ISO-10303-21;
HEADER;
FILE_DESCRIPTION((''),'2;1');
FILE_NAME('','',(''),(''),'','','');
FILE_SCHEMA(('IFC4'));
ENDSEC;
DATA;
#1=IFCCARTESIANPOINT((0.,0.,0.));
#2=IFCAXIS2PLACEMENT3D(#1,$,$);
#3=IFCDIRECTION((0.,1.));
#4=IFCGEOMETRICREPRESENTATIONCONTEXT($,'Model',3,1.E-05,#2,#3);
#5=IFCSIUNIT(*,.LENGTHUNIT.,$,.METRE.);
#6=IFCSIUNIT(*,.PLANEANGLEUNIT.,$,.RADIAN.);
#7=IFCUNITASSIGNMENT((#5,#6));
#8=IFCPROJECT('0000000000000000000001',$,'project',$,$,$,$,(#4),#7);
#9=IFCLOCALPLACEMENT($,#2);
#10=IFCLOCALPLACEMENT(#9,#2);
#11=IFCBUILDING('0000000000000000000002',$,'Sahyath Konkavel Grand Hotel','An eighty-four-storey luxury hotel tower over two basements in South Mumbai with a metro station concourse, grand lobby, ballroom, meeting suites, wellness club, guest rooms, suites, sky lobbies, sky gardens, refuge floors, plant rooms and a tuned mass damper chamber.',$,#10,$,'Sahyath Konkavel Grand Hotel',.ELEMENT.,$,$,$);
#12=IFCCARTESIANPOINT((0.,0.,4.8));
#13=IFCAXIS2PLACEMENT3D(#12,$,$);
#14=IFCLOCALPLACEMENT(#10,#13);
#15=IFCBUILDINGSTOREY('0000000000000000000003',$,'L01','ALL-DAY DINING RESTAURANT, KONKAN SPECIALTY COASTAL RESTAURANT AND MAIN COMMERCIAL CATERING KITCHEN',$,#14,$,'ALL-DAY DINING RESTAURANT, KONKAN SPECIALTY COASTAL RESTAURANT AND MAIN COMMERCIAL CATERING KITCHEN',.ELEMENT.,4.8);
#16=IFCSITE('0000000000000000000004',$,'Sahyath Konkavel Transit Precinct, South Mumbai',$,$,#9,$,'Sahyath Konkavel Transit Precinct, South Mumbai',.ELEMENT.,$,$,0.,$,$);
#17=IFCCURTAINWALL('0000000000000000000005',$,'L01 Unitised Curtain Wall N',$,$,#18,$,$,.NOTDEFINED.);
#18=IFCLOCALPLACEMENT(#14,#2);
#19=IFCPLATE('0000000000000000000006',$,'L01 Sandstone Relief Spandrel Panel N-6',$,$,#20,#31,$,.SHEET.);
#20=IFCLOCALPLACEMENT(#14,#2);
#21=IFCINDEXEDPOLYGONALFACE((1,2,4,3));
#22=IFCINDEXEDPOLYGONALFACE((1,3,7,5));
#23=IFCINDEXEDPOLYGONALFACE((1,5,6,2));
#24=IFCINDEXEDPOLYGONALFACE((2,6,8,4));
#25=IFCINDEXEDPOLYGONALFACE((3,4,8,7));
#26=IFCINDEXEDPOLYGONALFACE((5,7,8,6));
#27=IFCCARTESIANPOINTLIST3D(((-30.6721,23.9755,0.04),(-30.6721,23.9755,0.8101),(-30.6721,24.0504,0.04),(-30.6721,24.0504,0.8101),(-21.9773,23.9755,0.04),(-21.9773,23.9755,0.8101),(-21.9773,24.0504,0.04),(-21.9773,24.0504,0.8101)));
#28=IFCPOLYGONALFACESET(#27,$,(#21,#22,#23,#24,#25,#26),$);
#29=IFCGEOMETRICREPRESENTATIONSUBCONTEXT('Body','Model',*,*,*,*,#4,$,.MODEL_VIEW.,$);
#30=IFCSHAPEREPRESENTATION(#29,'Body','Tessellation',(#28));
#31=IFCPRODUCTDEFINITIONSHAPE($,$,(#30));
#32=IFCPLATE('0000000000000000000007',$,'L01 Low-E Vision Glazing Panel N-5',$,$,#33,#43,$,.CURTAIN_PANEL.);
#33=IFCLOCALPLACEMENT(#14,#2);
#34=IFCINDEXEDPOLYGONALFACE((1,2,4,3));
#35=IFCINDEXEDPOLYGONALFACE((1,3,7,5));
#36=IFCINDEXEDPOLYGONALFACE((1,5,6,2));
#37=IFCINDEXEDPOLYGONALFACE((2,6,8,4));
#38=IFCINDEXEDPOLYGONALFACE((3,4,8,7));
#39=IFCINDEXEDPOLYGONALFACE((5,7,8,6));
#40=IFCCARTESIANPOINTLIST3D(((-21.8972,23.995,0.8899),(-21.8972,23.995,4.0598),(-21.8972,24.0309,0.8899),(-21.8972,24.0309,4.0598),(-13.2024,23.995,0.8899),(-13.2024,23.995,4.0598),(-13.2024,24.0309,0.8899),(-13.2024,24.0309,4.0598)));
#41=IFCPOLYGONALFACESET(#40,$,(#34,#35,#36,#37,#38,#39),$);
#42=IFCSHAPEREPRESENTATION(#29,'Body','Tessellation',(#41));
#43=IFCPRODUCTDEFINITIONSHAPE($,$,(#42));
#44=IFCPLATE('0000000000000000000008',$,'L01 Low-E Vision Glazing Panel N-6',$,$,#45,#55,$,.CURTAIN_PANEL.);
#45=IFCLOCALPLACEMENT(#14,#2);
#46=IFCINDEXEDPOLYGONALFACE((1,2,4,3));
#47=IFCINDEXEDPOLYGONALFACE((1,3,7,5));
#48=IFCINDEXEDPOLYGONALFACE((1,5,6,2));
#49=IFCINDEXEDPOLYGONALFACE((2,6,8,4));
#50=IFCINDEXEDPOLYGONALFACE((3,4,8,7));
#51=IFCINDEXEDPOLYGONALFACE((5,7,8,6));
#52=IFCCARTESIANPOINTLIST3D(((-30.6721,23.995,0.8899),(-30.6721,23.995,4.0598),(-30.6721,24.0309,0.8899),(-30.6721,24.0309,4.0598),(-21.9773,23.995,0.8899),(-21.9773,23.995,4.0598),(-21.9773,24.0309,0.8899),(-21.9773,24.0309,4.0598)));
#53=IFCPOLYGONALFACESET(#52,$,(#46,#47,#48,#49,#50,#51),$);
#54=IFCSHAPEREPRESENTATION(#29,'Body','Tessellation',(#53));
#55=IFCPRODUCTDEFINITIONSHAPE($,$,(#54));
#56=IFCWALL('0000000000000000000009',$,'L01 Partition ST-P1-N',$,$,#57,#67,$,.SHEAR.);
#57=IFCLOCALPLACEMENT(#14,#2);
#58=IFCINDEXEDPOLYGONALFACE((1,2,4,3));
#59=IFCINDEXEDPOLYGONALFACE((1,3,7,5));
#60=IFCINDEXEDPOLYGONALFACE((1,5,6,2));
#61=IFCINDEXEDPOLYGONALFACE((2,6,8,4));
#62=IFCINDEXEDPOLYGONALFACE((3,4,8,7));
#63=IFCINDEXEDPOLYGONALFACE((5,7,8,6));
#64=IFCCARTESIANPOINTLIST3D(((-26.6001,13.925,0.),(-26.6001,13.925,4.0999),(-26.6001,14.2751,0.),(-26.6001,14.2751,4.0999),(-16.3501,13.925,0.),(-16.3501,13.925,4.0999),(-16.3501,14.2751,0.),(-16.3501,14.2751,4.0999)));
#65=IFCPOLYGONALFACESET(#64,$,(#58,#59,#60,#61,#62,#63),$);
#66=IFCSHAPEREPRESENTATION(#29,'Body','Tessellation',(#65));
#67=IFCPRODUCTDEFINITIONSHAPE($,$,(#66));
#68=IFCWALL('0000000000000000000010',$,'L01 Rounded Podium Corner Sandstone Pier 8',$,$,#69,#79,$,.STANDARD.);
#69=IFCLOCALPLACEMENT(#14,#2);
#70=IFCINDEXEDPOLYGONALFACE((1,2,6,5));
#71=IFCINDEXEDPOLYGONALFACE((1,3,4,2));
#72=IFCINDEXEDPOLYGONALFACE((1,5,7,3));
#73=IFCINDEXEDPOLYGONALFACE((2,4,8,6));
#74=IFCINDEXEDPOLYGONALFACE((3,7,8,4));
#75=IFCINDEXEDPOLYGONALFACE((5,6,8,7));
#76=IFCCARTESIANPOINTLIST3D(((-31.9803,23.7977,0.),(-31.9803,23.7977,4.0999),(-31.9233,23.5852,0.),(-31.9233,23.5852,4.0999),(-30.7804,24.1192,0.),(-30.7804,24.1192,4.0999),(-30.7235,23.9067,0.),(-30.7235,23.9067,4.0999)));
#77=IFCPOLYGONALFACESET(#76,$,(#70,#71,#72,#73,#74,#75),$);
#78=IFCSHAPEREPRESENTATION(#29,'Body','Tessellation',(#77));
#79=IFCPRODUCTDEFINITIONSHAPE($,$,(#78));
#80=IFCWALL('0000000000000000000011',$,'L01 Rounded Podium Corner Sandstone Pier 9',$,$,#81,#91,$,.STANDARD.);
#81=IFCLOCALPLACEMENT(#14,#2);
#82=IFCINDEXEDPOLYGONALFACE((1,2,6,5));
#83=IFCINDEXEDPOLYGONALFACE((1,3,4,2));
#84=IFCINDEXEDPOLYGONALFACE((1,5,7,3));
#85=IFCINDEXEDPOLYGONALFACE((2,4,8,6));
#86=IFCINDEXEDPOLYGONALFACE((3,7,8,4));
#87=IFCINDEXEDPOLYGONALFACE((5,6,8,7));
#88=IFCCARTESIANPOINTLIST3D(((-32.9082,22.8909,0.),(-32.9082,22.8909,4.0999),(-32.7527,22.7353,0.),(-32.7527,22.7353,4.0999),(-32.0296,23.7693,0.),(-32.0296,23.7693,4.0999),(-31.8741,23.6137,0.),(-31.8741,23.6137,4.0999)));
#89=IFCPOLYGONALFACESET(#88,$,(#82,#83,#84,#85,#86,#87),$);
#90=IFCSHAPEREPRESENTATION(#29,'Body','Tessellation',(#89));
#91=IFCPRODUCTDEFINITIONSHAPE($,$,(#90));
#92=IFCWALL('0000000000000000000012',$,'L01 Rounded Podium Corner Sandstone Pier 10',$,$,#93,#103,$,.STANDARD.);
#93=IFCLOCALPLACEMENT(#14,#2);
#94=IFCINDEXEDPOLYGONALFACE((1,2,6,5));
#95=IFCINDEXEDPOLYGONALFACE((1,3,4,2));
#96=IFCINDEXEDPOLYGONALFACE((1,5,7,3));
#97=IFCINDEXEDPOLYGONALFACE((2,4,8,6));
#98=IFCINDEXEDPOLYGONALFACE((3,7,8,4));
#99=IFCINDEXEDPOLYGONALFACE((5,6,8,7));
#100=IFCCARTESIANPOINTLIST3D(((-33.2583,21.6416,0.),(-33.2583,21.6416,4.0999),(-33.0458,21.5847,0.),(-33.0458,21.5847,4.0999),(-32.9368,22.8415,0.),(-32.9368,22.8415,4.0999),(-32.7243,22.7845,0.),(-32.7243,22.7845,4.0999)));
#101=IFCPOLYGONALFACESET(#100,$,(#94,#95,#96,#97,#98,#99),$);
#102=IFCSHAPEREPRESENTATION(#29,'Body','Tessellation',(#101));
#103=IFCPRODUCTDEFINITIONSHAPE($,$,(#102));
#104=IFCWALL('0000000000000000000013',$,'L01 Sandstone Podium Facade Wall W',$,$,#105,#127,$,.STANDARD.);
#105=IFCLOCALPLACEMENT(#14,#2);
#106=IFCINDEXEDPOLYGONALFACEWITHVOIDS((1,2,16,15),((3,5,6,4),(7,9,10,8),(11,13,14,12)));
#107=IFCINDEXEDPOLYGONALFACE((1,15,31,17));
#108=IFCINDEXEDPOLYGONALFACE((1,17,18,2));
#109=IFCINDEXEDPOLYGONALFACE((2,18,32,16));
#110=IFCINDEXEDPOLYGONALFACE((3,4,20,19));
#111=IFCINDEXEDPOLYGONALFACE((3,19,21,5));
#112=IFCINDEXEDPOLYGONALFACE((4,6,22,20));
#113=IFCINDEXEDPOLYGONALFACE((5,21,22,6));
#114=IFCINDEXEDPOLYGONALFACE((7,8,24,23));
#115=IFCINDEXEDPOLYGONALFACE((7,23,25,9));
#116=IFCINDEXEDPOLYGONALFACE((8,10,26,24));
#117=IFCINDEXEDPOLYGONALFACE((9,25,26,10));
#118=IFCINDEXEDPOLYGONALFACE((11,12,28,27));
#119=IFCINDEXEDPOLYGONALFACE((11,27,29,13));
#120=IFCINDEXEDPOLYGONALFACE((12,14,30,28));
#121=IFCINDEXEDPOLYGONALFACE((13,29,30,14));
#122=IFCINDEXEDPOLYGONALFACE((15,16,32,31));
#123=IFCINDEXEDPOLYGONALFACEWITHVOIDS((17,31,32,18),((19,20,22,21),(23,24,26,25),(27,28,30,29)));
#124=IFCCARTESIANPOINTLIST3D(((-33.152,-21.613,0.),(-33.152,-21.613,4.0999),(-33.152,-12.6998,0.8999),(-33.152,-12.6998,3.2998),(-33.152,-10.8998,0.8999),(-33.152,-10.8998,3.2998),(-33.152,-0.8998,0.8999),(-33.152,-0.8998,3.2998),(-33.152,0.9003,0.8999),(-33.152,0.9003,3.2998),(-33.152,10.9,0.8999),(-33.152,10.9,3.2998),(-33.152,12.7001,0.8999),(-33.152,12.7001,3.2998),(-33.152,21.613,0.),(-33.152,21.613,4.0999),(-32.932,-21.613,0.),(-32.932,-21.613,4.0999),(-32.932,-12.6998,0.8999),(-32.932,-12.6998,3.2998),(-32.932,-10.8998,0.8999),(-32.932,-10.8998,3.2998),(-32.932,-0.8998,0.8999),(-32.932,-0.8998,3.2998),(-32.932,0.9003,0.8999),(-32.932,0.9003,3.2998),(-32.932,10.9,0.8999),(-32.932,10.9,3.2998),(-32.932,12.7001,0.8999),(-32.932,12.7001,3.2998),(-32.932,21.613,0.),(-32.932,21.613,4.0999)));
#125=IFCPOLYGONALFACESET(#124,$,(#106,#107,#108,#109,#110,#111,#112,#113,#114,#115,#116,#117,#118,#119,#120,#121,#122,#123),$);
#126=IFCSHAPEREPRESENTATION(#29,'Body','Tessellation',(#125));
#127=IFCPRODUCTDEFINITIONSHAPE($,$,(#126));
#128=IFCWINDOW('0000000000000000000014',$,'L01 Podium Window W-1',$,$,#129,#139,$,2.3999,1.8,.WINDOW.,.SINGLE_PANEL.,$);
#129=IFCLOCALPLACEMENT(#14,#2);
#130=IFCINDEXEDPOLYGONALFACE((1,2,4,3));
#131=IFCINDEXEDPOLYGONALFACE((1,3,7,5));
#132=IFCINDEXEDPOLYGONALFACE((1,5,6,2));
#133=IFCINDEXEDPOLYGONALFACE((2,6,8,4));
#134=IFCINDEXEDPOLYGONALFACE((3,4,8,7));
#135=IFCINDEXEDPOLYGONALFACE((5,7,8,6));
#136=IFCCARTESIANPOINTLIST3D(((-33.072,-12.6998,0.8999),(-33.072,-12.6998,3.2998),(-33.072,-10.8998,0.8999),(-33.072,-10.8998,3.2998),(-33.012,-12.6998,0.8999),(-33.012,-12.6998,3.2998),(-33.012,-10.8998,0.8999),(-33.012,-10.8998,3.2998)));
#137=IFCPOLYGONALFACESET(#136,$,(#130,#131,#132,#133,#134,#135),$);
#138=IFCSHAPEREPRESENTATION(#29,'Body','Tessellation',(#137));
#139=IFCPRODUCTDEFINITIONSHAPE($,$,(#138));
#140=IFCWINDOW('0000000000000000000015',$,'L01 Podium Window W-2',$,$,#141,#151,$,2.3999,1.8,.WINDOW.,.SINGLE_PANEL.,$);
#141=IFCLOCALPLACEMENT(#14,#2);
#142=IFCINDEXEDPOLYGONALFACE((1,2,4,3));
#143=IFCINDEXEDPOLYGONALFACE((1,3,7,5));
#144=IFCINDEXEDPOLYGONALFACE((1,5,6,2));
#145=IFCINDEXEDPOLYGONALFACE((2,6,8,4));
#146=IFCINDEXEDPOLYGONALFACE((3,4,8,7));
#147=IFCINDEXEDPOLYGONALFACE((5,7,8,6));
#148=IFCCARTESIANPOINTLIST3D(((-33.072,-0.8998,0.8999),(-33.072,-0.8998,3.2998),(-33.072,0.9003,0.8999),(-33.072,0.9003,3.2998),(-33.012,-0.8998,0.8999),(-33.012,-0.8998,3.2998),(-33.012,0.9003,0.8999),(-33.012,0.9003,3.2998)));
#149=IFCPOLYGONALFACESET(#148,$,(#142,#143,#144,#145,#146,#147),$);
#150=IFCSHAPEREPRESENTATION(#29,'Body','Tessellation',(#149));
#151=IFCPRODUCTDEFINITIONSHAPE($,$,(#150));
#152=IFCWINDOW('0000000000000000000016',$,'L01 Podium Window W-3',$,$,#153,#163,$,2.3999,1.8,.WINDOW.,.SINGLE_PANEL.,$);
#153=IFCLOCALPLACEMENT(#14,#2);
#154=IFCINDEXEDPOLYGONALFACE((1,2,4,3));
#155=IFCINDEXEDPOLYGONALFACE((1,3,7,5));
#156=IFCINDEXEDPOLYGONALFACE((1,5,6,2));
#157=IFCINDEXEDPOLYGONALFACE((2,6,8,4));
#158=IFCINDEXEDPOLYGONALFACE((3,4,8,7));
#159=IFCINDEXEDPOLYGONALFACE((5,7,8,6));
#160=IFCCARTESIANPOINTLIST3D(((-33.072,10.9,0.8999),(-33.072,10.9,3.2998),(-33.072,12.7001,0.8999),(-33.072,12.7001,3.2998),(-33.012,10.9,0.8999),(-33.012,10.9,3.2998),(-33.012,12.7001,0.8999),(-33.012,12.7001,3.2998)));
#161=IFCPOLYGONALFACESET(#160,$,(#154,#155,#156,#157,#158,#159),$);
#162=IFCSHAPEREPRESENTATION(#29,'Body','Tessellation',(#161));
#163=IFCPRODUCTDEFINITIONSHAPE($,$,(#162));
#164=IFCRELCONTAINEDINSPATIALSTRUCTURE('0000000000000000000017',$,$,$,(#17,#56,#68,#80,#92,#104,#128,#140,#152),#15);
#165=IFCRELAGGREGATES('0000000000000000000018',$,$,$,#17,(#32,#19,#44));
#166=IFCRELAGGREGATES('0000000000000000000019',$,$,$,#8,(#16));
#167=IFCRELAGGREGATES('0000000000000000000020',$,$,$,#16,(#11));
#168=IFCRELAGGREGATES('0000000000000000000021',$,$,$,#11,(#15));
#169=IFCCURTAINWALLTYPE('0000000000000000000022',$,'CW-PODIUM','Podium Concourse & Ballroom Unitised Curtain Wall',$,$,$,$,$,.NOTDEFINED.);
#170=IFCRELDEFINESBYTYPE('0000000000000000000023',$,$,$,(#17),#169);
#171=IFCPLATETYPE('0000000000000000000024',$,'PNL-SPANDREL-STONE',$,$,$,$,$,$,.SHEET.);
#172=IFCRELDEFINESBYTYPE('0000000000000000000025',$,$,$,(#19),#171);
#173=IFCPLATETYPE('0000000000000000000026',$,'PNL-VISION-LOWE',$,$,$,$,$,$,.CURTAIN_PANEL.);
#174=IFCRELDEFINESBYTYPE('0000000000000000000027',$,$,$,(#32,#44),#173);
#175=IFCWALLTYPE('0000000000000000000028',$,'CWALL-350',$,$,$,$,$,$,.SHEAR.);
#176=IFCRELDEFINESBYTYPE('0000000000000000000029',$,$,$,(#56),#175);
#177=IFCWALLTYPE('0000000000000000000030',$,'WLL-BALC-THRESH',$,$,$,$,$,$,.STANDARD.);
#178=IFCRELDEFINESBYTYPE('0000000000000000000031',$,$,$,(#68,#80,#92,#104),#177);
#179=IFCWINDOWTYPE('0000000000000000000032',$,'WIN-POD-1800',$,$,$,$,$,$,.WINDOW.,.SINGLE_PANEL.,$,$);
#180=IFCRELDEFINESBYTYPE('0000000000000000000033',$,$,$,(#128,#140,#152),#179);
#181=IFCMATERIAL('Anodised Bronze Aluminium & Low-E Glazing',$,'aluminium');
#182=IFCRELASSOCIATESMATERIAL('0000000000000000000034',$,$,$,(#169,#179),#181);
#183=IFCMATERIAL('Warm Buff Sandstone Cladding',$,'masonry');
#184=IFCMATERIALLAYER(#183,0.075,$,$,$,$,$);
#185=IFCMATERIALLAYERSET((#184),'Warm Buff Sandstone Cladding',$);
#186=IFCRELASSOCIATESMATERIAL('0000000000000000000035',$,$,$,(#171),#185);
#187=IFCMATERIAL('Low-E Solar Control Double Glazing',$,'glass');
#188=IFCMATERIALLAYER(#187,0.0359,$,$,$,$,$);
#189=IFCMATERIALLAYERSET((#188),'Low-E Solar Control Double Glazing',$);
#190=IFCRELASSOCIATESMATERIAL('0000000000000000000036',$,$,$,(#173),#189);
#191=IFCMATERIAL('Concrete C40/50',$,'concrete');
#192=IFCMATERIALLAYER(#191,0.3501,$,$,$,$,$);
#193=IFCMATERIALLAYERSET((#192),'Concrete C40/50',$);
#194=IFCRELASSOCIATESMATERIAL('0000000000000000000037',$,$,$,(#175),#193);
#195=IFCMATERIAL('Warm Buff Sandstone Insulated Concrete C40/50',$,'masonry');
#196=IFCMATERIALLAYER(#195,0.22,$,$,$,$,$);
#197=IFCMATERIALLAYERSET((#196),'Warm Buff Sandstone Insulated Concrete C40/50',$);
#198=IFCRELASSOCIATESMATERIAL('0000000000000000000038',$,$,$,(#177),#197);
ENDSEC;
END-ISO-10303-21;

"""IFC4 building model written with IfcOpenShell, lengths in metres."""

from ifc_helpers import new_model, si_unit, direction, frame, frame_2d, origin, origin_2d, place, context, subcontext, project, spatial, rectangle, extrude, source, transform, mapped, material, layer, layer_set, type_object, element, fill, aggregate, save


model = new_model("IFC4")

# Units and contexts
model_context = context("Model", 3, precision=1e-05, world=origin(), true_north=direction((0.0, 1.0)))
body_context = subcontext(model_context, "Body", "Model", "MODEL_VIEW")
ifc_project = project(units=[si_unit("LENGTHUNIT", "METRE"), si_unit("PLANEANGLEUNIT", "RADIAN")], contexts=[model_context])

# Site, building, storey
site_placement = place(None, origin())
site = spatial("IfcSite", under=ifc_project, at=site_placement, Name="Sahyath Konkavel Transit Precinct, South Mumbai", LongName="Sahyath Konkavel Transit Precinct, South Mumbai", CompositionType="ELEMENT", RefElevation=0.0)
building_placement = place(site_placement, origin())
building = spatial("IfcBuilding", under=site, at=building_placement, Name="Sahyath Konkavel Grand Hotel", Description="An eighty-four-storey luxury hotel tower over two basements in South Mumbai with a metro station concourse, grand lobby, ballroom, meeting suites, wellness club, guest rooms, suites, sky lobbies, sky gardens, refuge floors, plant rooms and a tuned mass damper chamber.", LongName="Sahyath Konkavel Grand Hotel", CompositionType="ELEMENT")
storey_placement = place(building_placement, frame((0.0, 0.0, 4.8)))
storey = spatial("IfcBuildingStorey", under=building, at=storey_placement, Name="L01", Description="ALL-DAY DINING RESTAURANT, KONKAN SPECIALTY COASTAL RESTAURANT AND MAIN COMMERCIAL CATERING KITCHEN", LongName="ALL-DAY DINING RESTAURANT, KONKAN SPECIALTY COASTAL RESTAURANT AND MAIN COMMERCIAL CATERING KITCHEN", CompositionType="ELEMENT", Elevation=4.8)

# Curtain wall, plates
ifc_material_1 = material(Name="Anodised Bronze Aluminium & Low-E Glazing", Category="aluminium")
curtain_wall_type = type_object("IfcCurtainWallType", Name="CW-PODIUM", Description="Podium Concourse & Ballroom Unitised Curtain Wall", PredefinedType="NOTDEFINED", material=ifc_material_1)
curtain_wall_placement = place(storey_placement, origin())
curtain_wall = element("IfcCurtainWall", 1, at=curtain_wall_placement, inside=storey, type_object=curtain_wall_type, Name="L01 Unitised Curtain Wall N", PredefinedType="NOTDEFINED")
ifc_material_2 = material(Name="Warm Buff Sandstone Cladding", Category="masonry")
ifc_layer_1 = layer(ifc_material_2, 0.075)
ifc_layer_set_1 = layer_set([ifc_layer_1], Name="Warm Buff Sandstone Cladding")
plate_type_1 = type_object("IfcPlateType", Name="PNL-SPANDREL-STONE", PredefinedType="SHEET", material=ifc_layer_set_1)
shared_shape_1 = source(origin(), body_context, "Body", "SweptSolid", [
    extrude(rectangle(XDim=8.6948, YDim=0.075, at=origin_2d()), origin(), (0.0, 0.0, 1.0), 0.77),
])
plate_1_placement = place(storey_placement, frame((-26.3247, 24.0129, 0.04), z_axis=(0.0, 0.0, 1.0), x_axis=(-1.0, 0.0, 0.0)))
plate_1 = element("IfcPlate", 2, at=plate_1_placement, type_object=plate_type_1, Name="L01 Sandstone Relief Spandrel Panel N-6", PredefinedType="SHEET", context=body_context, shape_type="MappedRepresentation", body=[
    mapped(shared_shape_1, transform((0.0, 0.0, 0.0), scale=1.0)),
])
ifc_material_3 = material(Name="Low-E Solar Control Double Glazing", Category="glass")
ifc_layer_2 = layer(ifc_material_3, 0.0359)
ifc_layer_set_2 = layer_set([ifc_layer_2], Name="Low-E Solar Control Double Glazing")
plate_type_2 = type_object("IfcPlateType", Name="PNL-VISION-LOWE", PredefinedType="CURTAIN_PANEL", material=ifc_layer_set_2)
shared_shape_2 = source(origin(), body_context, "Body", "SweptSolid", [
    extrude(rectangle(XDim=8.6948, YDim=0.0359, at=origin_2d()), origin(), (0.0, 0.0, 1.0), 3.1699),
])
plate_2_placement = place(storey_placement, frame((-17.5498, 24.0129, 0.8899), z_axis=(0.0, 0.0, 1.0), x_axis=(-1.0, 0.0, 0.0)))
plate_2 = element("IfcPlate", 3, at=plate_2_placement, type_object=plate_type_2, Name="L01 Low-E Vision Glazing Panel N-5", PredefinedType="CURTAIN_PANEL", context=body_context, shape_type="MappedRepresentation", body=[
    mapped(shared_shape_2, transform((0.0, 0.0, 0.0), scale=1.0)),
])
plate_3_placement = place(storey_placement, frame((-26.3247, 24.0129, 0.8899), z_axis=(0.0, 0.0, 1.0), x_axis=(-1.0, 0.0, 0.0)))
plate_3 = element("IfcPlate", 4, at=plate_3_placement, type_object=plate_type_2, Name="L01 Low-E Vision Glazing Panel N-6", PredefinedType="CURTAIN_PANEL", context=body_context, shape_type="MappedRepresentation", body=[
    mapped(shared_shape_2, transform((0.0, 0.0, 0.0), scale=1.0)),
])
aggregate(curtain_wall, [plate_2, plate_1, plate_3])

# Walls
ifc_material_4 = material(Name="Concrete C40/50", Category="concrete")
ifc_layer_3 = layer(ifc_material_4, 0.3501)
ifc_layer_set_3 = layer_set([ifc_layer_3], Name="Concrete C40/50")
wall_type_1 = type_object("IfcWallType", Name="CWALL-350", PredefinedType="SHEAR", material=ifc_layer_set_3)
wall_1_placement = place(storey_placement, frame((-26.6001, 14.1001, 0.0), z_axis=(0.0, 0.0, 1.0), x_axis=(1.0, 0.0, 0.0)))
element("IfcWall", 5, at=wall_1_placement, inside=storey, type_object=wall_type_1, Name="L01 Partition ST-P1-N", PredefinedType="SHEAR", context=body_context, shape_type="SweptSolid", body=[
    extrude(rectangle(XDim=10.25, YDim=0.3501, at=frame_2d((5.125, 0.0))), origin(), (0.0, 0.0, 1.0), 4.0999),
])
ifc_material_5 = material(Name="Warm Buff Sandstone Insulated Concrete C40/50", Category="masonry")
ifc_layer_4 = layer(ifc_material_5, 0.22)
ifc_layer_set_4 = layer_set([ifc_layer_4], Name="Warm Buff Sandstone Insulated Concrete C40/50")
wall_type_2 = type_object("IfcWallType", Name="WLL-BALC-THRESH", PredefinedType="STANDARD", material=ifc_layer_set_4)
wall_2_placement = place(storey_placement, frame((-30.752, 24.0129, 0.0), z_axis=(0.0, 0.0, 1.0), x_axis=(-0.965924, -0.258824, 0.0)))
element("IfcWall", 6, at=wall_2_placement, inside=storey, type_object=wall_type_2, Name="L01 Rounded Podium Corner Sandstone Pier 8", PredefinedType="STANDARD", context=body_context, shape_type="SweptSolid", body=[
    extrude(rectangle(XDim=1.2422, YDim=0.22, at=frame_2d((0.6211, 0.0))), origin(), (0.0, 0.0, 1.0), 4.0999),
])
wall_3_placement = place(storey_placement, frame((-31.9519, 23.6914, 0.0), z_axis=(0.0, 0.0, 1.0), x_axis=(-0.707205, -0.707009, 0.0)))
element("IfcWall", 7, at=wall_3_placement, inside=storey, type_object=wall_type_2, Name="L01 Rounded Podium Corner Sandstone Pier 9", PredefinedType="STANDARD", context=body_context, shape_type="SweptSolid", body=[
    extrude(rectangle(XDim=1.2424, YDim=0.22, at=frame_2d((0.6211, 0.0))), origin(), (0.0, 0.0, 1.0), 4.0999),
])
wall_4_placement = place(storey_placement, frame((-32.8306, 22.813, 0.0), z_axis=(0.0, 0.0, 1.0), x_axis=(-0.258824, -0.965924, 0.0)))
element("IfcWall", 8, at=wall_4_placement, inside=storey, type_object=wall_type_2, Name="L01 Rounded Podium Corner Sandstone Pier 10", PredefinedType="STANDARD", context=body_context, shape_type="SweptSolid", body=[
    extrude(rectangle(XDim=1.2422, YDim=0.22, at=frame_2d((0.6211, 0.0))), origin(), (0.0, 0.0, 1.0), 4.0999),
])

# Wall, openings, windows
wall_5_placement = place(storey_placement, frame((-33.042, 21.613, 0.0), z_axis=(0.0, 0.0, 1.0), x_axis=(0.0, -1.0, 0.0)))
wall_5 = element("IfcWall", 9, at=wall_5_placement, inside=storey, type_object=wall_type_2, Name="L01 Sandstone Podium Facade Wall W", PredefinedType="STANDARD", context=body_context, shape_type="SweptSolid", body=[
    extrude(rectangle(XDim=43.2261, YDim=0.22, at=frame_2d((21.613, 0.0))), origin(), (0.0, 0.0, 1.0), 4.0999),
])
opening_1_placement = place(wall_5_placement, frame((32.5129, 0.0, 0.8999)))
opening_1 = element("IfcOpeningElement", 10, at=opening_1_placement, cuts=wall_5, PredefinedType="OPENING", context=body_context, shape_type="SweptSolid", body=[
    extrude(rectangle(XDim=1.8, YDim=2.3999, at=frame_2d((0.8999, 1.2))), frame((0.0, 0.1201, 0.0), z_axis=(0.0, -1.0, 0.0), x_axis=(1.0, 0.0, 0.0)), (0.0, 0.0, 1.0), 0.24),
])
opening_2_placement = place(wall_5_placement, frame((20.7129, 0.0, 0.8999)))
opening_2 = element("IfcOpeningElement", 11, at=opening_2_placement, cuts=wall_5, PredefinedType="OPENING", context=body_context, shape_type="SweptSolid", body=[
    extrude(rectangle(XDim=1.8, YDim=2.3999, at=frame_2d((0.8999, 1.2))), frame((0.0, 0.1201, 0.0), z_axis=(0.0, -1.0, 0.0), x_axis=(1.0, 0.0, 0.0)), (0.0, 0.0, 1.0), 0.24),
])
opening_3_placement = place(wall_5_placement, frame((8.9131, 0.0, 0.8999)))
opening_3 = element("IfcOpeningElement", 12, at=opening_3_placement, cuts=wall_5, PredefinedType="OPENING", context=body_context, shape_type="SweptSolid", body=[
    extrude(rectangle(XDim=1.8, YDim=2.3999, at=frame_2d((0.8999, 1.2))), frame((0.0, 0.1201, 0.0), z_axis=(0.0, -1.0, 0.0), x_axis=(1.0, 0.0, 0.0)), (0.0, 0.0, 1.0), 0.24),
])
window_type = type_object("IfcWindowType", Name="WIN-POD-1800", PartitioningType="SINGLE_PANEL", PredefinedType="WINDOW", material=ifc_material_1)
shared_shape_3 = source(origin(), body_context, "Body", "SweptSolid", [
    extrude(rectangle(XDim=1.8, YDim=0.0601, at=origin_2d()), origin(), (0.0, 0.0, 1.0), 2.3999),
])
window_1_placement = place(opening_1_placement, frame((0.8999, 0.0, 0.0)))
window_1 = element("IfcWindow", 13, at=window_1_placement, inside=storey, type_object=window_type, Name="L01 Podium Window W-1", OverallHeight=2.3999, OverallWidth=1.8, PartitioningType="SINGLE_PANEL", PredefinedType="WINDOW", context=body_context, shape_type="MappedRepresentation", body=[
    mapped(shared_shape_3, transform((0.0, 0.0, 0.0), scale=1.0)),
])
fill(opening_1, window_1)
window_2_placement = place(opening_2_placement, frame((0.8999, 0.0, 0.0)))
window_2 = element("IfcWindow", 14, at=window_2_placement, inside=storey, type_object=window_type, Name="L01 Podium Window W-2", OverallHeight=2.3999, OverallWidth=1.8, PartitioningType="SINGLE_PANEL", PredefinedType="WINDOW", context=body_context, shape_type="MappedRepresentation", body=[
    mapped(shared_shape_3, transform((0.0, 0.0, 0.0), scale=1.0)),
])
fill(opening_2, window_2)
window_3_placement = place(opening_3_placement, frame((0.8999, 0.0, 0.0)))
window_3 = element("IfcWindow", 15, at=window_3_placement, inside=storey, type_object=window_type, Name="L01 Podium Window W-3", OverallHeight=2.3999, OverallWidth=1.8, PartitioningType="SINGLE_PANEL", PredefinedType="WINDOW", context=body_context, shape_type="MappedRepresentation", body=[
    mapped(shared_shape_3, transform((0.0, 0.0, 0.0), scale=1.0)),
])
fill(opening_3, window_3)

save(model, "model.ifc")
